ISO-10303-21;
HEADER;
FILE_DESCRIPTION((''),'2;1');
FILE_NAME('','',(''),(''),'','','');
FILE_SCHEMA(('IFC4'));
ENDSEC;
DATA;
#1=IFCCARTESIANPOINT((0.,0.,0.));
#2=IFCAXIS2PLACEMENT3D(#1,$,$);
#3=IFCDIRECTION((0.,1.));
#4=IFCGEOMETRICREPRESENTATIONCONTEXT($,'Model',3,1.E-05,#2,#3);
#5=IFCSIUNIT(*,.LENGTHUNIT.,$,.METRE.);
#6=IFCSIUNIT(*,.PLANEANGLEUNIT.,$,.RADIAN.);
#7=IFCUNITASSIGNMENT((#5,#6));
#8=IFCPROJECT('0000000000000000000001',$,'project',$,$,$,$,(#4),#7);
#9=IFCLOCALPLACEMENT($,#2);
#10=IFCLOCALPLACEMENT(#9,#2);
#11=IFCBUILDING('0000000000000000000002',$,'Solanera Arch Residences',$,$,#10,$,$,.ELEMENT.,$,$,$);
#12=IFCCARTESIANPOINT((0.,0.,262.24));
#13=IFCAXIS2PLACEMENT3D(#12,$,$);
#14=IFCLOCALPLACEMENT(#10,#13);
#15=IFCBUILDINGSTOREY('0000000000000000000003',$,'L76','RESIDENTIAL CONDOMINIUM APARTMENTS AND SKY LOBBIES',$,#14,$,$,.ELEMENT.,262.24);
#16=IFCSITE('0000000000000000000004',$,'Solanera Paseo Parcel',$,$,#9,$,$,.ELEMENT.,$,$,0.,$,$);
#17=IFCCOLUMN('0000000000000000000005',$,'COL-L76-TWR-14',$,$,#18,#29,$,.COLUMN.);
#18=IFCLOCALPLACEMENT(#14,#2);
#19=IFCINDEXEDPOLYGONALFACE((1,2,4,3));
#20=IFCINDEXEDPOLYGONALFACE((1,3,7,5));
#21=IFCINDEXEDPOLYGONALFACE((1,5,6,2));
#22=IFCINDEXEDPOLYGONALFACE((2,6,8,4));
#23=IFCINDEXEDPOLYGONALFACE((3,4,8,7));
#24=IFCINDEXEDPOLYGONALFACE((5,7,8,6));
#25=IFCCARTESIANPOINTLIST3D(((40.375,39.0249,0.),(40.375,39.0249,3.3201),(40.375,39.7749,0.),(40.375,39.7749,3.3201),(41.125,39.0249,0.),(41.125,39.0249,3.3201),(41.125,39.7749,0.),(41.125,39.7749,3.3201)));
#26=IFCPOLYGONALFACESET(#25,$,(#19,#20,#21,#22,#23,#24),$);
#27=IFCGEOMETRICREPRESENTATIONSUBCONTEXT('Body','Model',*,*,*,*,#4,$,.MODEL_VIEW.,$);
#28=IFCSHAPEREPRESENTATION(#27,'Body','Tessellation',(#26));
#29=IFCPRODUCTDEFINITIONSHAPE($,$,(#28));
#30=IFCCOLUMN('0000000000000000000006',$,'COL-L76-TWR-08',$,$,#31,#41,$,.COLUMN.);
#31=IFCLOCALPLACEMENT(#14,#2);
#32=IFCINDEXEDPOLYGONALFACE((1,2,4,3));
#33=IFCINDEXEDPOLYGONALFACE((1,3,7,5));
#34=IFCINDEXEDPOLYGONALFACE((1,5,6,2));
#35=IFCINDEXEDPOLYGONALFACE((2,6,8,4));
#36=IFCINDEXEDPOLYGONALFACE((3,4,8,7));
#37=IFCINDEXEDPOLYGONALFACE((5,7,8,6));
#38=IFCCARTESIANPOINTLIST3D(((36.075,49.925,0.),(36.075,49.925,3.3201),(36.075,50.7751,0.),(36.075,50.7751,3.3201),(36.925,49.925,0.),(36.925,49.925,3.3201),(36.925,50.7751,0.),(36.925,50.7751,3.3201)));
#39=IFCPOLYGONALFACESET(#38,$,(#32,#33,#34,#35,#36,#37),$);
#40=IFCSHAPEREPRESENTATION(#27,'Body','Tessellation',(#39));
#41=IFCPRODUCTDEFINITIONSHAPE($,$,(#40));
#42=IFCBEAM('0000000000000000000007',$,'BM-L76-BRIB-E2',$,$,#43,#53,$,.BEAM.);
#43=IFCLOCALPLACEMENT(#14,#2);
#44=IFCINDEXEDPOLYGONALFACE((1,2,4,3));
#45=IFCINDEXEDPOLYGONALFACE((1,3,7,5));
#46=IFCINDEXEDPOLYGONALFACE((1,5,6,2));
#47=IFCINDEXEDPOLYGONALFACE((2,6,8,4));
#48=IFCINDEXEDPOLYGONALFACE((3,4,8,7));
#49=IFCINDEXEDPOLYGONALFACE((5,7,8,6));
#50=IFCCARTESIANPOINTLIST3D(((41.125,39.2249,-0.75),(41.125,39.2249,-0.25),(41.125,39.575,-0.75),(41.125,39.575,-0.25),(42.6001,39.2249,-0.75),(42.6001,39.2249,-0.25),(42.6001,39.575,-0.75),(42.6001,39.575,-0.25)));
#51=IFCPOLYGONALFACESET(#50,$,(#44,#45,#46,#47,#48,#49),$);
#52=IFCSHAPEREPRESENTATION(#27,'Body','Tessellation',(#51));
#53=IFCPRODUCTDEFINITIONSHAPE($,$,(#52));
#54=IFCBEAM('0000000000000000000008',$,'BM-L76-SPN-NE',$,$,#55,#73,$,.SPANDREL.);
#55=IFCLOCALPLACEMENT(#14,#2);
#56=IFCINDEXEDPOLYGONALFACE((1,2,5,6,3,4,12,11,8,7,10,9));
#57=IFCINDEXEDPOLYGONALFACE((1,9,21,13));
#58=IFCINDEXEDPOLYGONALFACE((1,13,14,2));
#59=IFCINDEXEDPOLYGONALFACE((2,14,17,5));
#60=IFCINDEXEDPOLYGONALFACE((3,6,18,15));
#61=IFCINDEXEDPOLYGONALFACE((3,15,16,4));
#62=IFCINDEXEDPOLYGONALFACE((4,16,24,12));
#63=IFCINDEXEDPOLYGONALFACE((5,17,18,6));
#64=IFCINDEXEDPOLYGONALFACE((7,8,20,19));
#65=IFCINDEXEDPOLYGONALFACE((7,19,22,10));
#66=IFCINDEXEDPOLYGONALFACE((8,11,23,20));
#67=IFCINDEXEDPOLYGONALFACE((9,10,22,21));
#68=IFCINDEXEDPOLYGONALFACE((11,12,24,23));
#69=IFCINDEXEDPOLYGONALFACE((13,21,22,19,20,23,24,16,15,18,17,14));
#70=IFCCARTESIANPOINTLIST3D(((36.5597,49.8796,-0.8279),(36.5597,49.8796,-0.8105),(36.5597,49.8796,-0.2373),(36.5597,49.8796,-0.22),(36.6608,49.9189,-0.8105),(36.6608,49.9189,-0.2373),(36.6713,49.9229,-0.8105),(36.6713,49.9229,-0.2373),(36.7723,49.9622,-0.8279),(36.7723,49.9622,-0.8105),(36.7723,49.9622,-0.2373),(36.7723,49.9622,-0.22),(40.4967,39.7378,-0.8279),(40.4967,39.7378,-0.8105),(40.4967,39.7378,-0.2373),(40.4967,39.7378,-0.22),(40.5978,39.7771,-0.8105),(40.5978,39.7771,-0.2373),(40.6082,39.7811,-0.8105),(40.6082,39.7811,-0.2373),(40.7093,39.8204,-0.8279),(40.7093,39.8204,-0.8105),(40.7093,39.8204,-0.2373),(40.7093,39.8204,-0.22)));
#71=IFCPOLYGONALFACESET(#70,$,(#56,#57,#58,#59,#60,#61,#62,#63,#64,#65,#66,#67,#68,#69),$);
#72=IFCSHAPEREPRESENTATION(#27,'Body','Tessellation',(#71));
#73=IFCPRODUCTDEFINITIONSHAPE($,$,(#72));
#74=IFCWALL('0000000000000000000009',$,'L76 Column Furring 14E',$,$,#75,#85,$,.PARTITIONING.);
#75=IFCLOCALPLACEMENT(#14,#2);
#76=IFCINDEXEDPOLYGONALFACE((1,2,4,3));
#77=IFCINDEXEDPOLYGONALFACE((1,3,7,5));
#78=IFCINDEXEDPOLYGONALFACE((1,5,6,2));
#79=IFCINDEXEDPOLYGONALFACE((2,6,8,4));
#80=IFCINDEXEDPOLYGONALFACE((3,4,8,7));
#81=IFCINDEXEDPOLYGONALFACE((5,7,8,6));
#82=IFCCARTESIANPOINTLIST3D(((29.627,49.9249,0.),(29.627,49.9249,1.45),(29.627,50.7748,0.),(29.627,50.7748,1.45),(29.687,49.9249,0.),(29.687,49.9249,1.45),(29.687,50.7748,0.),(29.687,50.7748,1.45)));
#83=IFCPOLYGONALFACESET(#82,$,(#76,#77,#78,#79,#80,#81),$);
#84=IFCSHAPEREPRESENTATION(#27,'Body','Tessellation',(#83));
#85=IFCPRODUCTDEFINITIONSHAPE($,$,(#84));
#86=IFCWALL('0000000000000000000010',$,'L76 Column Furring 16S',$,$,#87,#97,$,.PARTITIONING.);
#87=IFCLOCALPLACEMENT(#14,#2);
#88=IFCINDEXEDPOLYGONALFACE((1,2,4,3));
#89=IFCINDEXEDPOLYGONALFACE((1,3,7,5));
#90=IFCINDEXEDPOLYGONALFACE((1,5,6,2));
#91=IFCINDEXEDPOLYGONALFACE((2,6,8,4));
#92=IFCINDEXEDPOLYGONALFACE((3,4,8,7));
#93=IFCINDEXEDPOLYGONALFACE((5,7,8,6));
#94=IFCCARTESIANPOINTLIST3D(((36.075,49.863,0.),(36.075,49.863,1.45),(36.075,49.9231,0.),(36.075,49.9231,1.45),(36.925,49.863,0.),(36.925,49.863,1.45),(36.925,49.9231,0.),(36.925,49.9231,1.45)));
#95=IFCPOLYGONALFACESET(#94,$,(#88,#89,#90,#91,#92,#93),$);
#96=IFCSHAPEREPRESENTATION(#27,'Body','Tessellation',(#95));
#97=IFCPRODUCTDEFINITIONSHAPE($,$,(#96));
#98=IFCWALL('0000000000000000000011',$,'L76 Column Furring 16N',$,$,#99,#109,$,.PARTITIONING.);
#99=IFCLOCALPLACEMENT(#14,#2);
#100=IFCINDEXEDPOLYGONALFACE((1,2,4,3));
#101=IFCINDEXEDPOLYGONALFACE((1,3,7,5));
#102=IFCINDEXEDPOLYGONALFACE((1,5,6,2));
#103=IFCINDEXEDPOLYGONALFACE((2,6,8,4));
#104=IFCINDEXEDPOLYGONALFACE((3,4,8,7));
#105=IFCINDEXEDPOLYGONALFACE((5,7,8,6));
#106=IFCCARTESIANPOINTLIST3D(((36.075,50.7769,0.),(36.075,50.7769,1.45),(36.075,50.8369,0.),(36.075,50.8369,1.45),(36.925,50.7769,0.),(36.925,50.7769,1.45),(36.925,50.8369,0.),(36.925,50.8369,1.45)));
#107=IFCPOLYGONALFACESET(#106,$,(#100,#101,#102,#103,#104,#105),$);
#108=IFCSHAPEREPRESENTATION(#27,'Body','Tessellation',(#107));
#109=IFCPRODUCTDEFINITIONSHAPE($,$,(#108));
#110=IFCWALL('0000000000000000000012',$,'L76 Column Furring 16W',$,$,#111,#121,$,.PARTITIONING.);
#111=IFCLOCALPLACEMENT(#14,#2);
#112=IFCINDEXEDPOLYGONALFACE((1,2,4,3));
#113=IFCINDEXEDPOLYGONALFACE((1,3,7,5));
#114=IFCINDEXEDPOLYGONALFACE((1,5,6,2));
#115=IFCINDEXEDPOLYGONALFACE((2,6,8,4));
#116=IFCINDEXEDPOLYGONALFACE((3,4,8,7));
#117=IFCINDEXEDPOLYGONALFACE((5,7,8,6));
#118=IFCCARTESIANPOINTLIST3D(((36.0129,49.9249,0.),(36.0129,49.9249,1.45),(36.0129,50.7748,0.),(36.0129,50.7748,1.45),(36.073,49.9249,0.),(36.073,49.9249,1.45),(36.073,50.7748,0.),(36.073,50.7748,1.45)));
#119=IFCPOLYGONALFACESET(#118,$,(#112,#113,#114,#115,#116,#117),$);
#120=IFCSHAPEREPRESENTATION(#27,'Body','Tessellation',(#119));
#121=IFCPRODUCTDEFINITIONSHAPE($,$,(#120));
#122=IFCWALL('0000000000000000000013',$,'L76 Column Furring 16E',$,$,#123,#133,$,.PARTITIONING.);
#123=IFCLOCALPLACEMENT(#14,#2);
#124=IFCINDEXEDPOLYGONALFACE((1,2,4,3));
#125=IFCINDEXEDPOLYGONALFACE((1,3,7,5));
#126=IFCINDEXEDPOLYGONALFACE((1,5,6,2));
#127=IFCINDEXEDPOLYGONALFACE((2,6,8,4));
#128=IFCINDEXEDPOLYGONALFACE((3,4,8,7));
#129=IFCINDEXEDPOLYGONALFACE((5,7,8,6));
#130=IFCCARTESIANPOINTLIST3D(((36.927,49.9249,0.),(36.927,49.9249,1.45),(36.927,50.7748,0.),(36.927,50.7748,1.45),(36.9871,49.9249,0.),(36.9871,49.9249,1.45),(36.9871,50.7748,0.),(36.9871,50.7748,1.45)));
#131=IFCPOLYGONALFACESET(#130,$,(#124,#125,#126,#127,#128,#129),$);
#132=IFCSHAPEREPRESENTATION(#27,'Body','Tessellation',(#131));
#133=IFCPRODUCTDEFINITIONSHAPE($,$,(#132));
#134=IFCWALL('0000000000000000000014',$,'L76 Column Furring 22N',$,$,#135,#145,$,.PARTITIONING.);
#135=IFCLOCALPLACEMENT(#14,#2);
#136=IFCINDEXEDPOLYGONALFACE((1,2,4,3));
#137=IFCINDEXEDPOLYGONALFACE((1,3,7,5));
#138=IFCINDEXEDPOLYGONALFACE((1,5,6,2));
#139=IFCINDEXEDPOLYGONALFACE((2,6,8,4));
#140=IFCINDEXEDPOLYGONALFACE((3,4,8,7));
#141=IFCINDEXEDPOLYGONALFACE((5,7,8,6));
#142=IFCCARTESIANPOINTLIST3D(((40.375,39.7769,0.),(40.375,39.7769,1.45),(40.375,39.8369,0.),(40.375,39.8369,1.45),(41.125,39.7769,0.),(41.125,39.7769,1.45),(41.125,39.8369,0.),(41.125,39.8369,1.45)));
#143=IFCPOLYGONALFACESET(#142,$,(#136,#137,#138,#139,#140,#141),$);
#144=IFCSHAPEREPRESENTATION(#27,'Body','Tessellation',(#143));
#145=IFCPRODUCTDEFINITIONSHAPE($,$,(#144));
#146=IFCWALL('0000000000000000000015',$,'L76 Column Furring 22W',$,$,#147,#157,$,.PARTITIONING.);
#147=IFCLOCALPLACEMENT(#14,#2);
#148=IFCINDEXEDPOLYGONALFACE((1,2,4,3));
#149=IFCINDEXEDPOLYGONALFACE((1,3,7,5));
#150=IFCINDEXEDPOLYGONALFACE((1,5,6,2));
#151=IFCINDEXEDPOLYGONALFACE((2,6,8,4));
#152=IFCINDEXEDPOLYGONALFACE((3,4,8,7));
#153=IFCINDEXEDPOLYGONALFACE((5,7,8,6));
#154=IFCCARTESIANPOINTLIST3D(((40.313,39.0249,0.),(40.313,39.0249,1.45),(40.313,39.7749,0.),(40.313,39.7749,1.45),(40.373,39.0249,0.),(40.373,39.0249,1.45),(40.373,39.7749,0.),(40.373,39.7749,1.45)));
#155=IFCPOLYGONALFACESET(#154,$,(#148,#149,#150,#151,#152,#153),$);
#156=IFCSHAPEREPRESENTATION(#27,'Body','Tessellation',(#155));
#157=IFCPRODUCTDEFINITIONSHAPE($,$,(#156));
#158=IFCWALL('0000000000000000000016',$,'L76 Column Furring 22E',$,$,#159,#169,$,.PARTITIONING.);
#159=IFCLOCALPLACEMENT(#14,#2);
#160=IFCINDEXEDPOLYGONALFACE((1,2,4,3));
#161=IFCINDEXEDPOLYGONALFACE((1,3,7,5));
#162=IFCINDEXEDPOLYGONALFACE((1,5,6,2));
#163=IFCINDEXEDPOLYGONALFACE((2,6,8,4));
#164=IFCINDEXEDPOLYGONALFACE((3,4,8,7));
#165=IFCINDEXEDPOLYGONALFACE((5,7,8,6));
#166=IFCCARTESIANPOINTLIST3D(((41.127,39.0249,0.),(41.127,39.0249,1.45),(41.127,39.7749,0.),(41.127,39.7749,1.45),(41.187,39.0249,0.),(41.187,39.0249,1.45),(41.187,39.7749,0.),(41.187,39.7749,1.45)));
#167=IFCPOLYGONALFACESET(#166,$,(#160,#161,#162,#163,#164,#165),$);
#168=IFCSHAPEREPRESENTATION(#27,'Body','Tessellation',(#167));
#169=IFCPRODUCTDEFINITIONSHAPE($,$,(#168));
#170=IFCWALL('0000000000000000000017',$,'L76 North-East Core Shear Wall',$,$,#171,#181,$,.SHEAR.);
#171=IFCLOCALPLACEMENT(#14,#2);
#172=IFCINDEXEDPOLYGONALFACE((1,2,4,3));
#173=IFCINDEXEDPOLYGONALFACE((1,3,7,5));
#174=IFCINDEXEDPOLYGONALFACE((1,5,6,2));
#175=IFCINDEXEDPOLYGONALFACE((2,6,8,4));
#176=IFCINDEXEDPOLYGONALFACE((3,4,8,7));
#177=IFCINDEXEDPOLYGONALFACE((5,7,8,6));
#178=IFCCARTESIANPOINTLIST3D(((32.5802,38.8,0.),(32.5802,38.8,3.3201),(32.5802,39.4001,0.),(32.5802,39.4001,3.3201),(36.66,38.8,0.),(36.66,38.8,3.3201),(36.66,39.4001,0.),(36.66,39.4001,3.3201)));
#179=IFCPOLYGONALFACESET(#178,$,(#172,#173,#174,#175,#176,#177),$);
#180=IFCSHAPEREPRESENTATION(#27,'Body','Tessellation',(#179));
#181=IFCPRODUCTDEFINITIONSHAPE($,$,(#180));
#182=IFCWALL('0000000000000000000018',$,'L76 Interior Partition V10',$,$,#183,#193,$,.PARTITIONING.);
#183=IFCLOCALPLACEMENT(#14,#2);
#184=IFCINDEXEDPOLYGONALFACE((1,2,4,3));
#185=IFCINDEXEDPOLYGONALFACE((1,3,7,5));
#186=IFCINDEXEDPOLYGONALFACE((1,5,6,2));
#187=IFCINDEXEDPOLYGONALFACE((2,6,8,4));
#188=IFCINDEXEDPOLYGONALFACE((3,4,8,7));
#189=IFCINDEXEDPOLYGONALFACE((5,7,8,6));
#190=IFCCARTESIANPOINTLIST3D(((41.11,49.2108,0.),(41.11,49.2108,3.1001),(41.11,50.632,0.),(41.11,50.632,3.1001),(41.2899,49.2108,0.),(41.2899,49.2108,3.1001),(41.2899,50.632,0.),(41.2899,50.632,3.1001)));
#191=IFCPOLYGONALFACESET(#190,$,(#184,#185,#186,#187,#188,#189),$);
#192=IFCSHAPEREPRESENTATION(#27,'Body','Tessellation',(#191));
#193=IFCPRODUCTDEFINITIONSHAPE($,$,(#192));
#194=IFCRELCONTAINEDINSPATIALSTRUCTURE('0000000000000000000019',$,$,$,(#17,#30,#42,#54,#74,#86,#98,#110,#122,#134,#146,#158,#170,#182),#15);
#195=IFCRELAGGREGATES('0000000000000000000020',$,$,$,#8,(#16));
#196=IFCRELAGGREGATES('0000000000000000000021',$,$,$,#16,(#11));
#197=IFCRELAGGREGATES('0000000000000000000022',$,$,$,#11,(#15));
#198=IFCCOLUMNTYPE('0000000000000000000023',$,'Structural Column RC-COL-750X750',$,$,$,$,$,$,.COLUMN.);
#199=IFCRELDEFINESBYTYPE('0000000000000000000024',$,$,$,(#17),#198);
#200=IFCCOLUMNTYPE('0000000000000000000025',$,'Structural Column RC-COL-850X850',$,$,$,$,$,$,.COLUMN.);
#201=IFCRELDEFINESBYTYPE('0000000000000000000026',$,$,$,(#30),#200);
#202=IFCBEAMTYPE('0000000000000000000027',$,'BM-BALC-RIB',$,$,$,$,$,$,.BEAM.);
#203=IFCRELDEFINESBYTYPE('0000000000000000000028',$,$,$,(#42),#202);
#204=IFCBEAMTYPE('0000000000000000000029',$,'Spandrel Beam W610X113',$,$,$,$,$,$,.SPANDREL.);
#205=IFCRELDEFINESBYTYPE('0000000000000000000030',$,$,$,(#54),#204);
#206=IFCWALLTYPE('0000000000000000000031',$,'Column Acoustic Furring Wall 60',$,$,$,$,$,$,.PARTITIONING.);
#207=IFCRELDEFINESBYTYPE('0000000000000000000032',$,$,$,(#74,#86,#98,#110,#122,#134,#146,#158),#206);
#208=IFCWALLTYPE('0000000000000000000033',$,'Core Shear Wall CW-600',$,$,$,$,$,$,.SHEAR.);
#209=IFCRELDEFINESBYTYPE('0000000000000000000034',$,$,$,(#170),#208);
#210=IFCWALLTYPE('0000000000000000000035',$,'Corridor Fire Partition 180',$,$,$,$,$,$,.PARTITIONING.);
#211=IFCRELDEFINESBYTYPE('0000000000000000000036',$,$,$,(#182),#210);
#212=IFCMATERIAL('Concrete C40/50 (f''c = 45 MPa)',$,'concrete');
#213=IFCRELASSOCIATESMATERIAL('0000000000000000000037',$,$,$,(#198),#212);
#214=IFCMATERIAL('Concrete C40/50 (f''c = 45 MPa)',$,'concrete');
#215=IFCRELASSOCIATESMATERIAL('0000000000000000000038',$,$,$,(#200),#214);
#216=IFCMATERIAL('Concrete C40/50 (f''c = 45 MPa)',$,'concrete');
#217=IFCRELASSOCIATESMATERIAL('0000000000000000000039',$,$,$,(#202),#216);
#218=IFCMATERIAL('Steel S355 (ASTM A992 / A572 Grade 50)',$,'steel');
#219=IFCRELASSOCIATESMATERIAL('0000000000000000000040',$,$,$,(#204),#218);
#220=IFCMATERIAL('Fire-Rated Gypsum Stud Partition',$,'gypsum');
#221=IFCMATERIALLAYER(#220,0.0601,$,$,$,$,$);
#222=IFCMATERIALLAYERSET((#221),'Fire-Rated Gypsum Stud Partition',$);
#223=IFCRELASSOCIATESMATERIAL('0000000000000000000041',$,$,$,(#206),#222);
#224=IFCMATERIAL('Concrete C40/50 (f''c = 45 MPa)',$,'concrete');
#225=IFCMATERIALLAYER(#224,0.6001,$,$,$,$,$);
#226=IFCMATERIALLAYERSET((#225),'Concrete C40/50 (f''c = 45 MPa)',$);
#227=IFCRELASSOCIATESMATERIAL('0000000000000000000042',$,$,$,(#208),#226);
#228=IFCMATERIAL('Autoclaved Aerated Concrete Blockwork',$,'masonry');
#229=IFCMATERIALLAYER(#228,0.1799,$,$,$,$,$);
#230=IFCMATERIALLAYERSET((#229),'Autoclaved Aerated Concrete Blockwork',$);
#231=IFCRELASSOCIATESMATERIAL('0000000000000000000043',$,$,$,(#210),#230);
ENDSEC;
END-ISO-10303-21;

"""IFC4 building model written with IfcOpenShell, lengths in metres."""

from ifc_helpers import new_model, si_unit, direction, frame, frame_2d, origin, origin_2d, place, context, subcontext, project, spatial, rectangle, i_section, extrude, material, layer, layer_set, material_profile, profile_set, type_object, element, save


model = new_model("IFC4")

# Units and contexts
model_context = context("Model", 3, precision=1e-05, world=origin(), true_north=direction((0.0, 1.0)))
body_context = subcontext(model_context, "Body", "Model", "MODEL_VIEW")
ifc_project = project(units=[si_unit("LENGTHUNIT", "METRE"), si_unit("PLANEANGLEUNIT", "RADIAN")], contexts=[model_context])

# Site, building, storey
site_placement = place(None, origin())
site = spatial("IfcSite", under=ifc_project, at=site_placement, Name="Solanera Paseo Parcel", CompositionType="ELEMENT", RefElevation=0.0)
building_placement = place(site_placement, origin())
building = spatial("IfcBuilding", under=site, at=building_placement, Name="Solanera Arch Residences", CompositionType="ELEMENT")
storey_placement = place(building_placement, frame((0.0, 0.0, 262.24)))
storey = spatial("IfcBuildingStorey", under=building, at=storey_placement, Name="L76", Description="RESIDENTIAL CONDOMINIUM APARTMENTS AND SKY LOBBIES", CompositionType="ELEMENT", Elevation=262.24)

# Columns
ifc_material_1 = material(Name="Concrete C40/50 (f'c = 45 MPa)", Category="concrete")
ifc_material_profile_1 = material_profile(ifc_material_1, rectangle(XDim=0.75, YDim=0.75, at=origin_2d()))
ifc_profile_set_1 = profile_set([ifc_material_profile_1], Name="Concrete C40/50 (f'c = 45 MPa)")
column_type_1 = type_object("IfcColumnType", Name="Structural Column RC-COL-750X750", PredefinedType="COLUMN", material=ifc_profile_set_1)
column_1_placement = place(storey_placement, frame((40.75, 39.3999, 0.0), z_axis=(0.0, 0.0, 1.0), x_axis=(1.0, 0.0, 0.0)))
element("IfcColumn", 1, at=column_1_placement, inside=storey, type_object=column_type_1, Name="COL-L76-TWR-14", PredefinedType="COLUMN", context=body_context, shape_type="SweptSolid", body=[
    extrude(rectangle(XDim=0.75, YDim=0.75, at=origin_2d()), origin(), (0.0, 0.0, 1.0), 3.3201),
])
ifc_material_2 = material(Name="Concrete C40/50 (f'c = 45 MPa)", Category="concrete")
ifc_material_profile_2 = material_profile(ifc_material_2, rectangle(XDim=0.8501, YDim=0.8501, at=origin_2d()))
ifc_profile_set_2 = profile_set([ifc_material_profile_2], Name="Concrete C40/50 (f'c = 45 MPa)")
column_type_2 = type_object("IfcColumnType", Name="Structural Column RC-COL-850X850", PredefinedType="COLUMN", material=ifc_profile_set_2)
column_2_placement = place(storey_placement, frame((36.5, 50.3501, 0.0), z_axis=(0.0, 0.0, 1.0), x_axis=(1.0, 0.0, 0.0)))
element("IfcColumn", 2, at=column_2_placement, inside=storey, type_object=column_type_2, Name="COL-L76-TWR-08", PredefinedType="COLUMN", context=body_context, shape_type="SweptSolid", body=[
    extrude(rectangle(XDim=0.8501, YDim=0.8501, at=origin_2d()), origin(), (0.0, 0.0, 1.0), 3.3201),
])

# Beams
ifc_material_3 = material(Name="Concrete C40/50 (f'c = 45 MPa)", Category="concrete")
ifc_material_profile_3 = material_profile(ifc_material_3, rectangle(XDim=0.3501, YDim=0.5, at=origin_2d()))
ifc_profile_set_3 = profile_set([ifc_material_profile_3], Name="Concrete C40/50 (f'c = 45 MPa)")
beam_type_1 = type_object("IfcBeamType", Name="BM-BALC-RIB", PredefinedType="BEAM", material=ifc_profile_set_3)
beam_1_placement = place(storey_placement, frame((41.125, 39.3999, -0.5), z_axis=(1.0, 0.0, 0.0), x_axis=(0.0, 1.0, 0.0)))
element("IfcBeam", 3, at=beam_1_placement, inside=storey, type_object=beam_type_1, Name="BM-L76-BRIB-E2", PredefinedType="BEAM", context=body_context, shape_type="SweptSolid", body=[
    extrude(rectangle(XDim=0.3501, YDim=0.5, at=origin_2d()), origin(), (0.0, 0.0, 1.0), 1.4751),
])
ifc_material_4 = material(Name="Steel S355 (ASTM A992 / A572 Grade 50)", Category="steel")
ifc_material_profile_4 = material_profile(ifc_material_4, i_section(OverallWidth=0.228, OverallDepth=0.6079, WebThickness=0.0112, FlangeThickness=0.0173, at=origin_2d()))
ifc_profile_set_4 = profile_set([ifc_material_profile_4], Name="Steel S355 (ASTM A992 / A572 Grade 50)")
beam_type_2 = type_object("IfcBeamType", Name="Spandrel Beam W610X113", PredefinedType="SPANDREL", material=ifc_profile_set_4)
beam_2_placement = place(storey_placement, frame((36.666, 49.9209, -0.5239), z_axis=(0.361884, -0.932223, 0.0), x_axis=(0.932223, 0.361884, 0.0)))
element("IfcBeam", 4, at=beam_2_placement, inside=storey, type_object=beam_type_2, Name="BM-L76-SPN-NE", PredefinedType="SPANDREL", context=body_context, shape_type="SweptSolid", body=[
    extrude(i_section(OverallWidth=0.228, OverallDepth=0.6079, WebThickness=0.0112, FlangeThickness=0.0173, at=origin_2d()), origin(), (0.0, 0.0, 1.0), 10.8792),
])

# Walls
ifc_material_5 = material(Name="Fire-Rated Gypsum Stud Partition", Category="gypsum")
ifc_layer_1 = layer(ifc_material_5, 0.0601)
ifc_layer_set_1 = layer_set([ifc_layer_1], Name="Fire-Rated Gypsum Stud Partition")
wall_type_1 = type_object("IfcWallType", Name="Column Acoustic Furring Wall 60", PredefinedType="PARTITIONING", material=ifc_layer_set_1)
wall_1_placement = place(storey_placement, frame((29.657, 49.925, 0.0), z_axis=(0.0, 0.0, 1.0), x_axis=(0.0, 1.0, 0.0)))
element("IfcWall", 5, at=wall_1_placement, inside=storey, type_object=wall_type_1, Name="L76 Column Furring 14E", PredefinedType="PARTITIONING", context=body_context, shape_type="SweptSolid", body=[
    extrude(rectangle(XDim=0.8499, YDim=0.0601, at=frame_2d((0.4248, 0.0))), origin(), (0.0, 0.0, 1.0), 1.45),
])
for number, where, z_axis, x_axis, name in (
    (6, (36.075, 49.8931, 0.0), (0.0, 0.0, 1.0), (1.0, 0.0, 0.0), "L76 Column Furring 16S"),
    (7, (36.075, 50.8069, 0.0), (0.0, 0.0, 1.0), (1.0, 0.0, 0.0), "L76 Column Furring 16N"),
):
    element("IfcWall", number, at=place(storey_placement, frame(where, z_axis=z_axis, x_axis=x_axis)), inside=storey, type_object=wall_type_1, Name=name, PredefinedType="PARTITIONING", context=body_context, shape_type="SweptSolid", body=[
        extrude(rectangle(XDim=0.8501, YDim=0.0601, at=frame_2d((0.425, 0.0))), origin(), (0.0, 0.0, 1.0), 1.45),
    ])
for number, where, z_axis, x_axis, name in (
    (8, (36.043, 49.925, 0.0), (0.0, 0.0, 1.0), (0.0, 1.0, 0.0), "L76 Column Furring 16W"),
    (9, (36.957, 49.925, 0.0), (0.0, 0.0, 1.0), (0.0, 1.0, 0.0), "L76 Column Furring 16E"),
):
    element("IfcWall", number, at=place(storey_placement, frame(where, z_axis=z_axis, x_axis=x_axis)), inside=storey, type_object=wall_type_1, Name=name, PredefinedType="PARTITIONING", context=body_context, shape_type="SweptSolid", body=[
        extrude(rectangle(XDim=0.8499, YDim=0.0601, at=frame_2d((0.4248, 0.0))), origin(), (0.0, 0.0, 1.0), 1.45),
    ])
for number, where, z_axis, x_axis, name in (
    (10, (40.375, 39.8069, 0.0), (0.0, 0.0, 1.0), (1.0, 0.0, 0.0), "L76 Column Furring 22N"),
    (11, (40.343, 39.0249, 0.0), (0.0, 0.0, 1.0), (0.0, 1.0, 0.0), "L76 Column Furring 22W"),
    (12, (41.157, 39.0249, 0.0), (0.0, 0.0, 1.0), (0.0, 1.0, 0.0), "L76 Column Furring 22E"),
):
    element("IfcWall", number, at=place(storey_placement, frame(where, z_axis=z_axis, x_axis=x_axis)), inside=storey, type_object=wall_type_1, Name=name, PredefinedType="PARTITIONING", context=body_context, shape_type="SweptSolid", body=[
        extrude(rectangle(XDim=0.75, YDim=0.0601, at=frame_2d((0.375, 0.0))), origin(), (0.0, 0.0, 1.0), 1.45),
    ])
ifc_material_6 = material(Name="Concrete C40/50 (f'c = 45 MPa)", Category="concrete")
ifc_layer_2 = layer(ifc_material_6, 0.6001)
ifc_layer_set_2 = layer_set([ifc_layer_2], Name="Concrete C40/50 (f'c = 45 MPa)")
wall_type_2 = type_object("IfcWallType", Name="Core Shear Wall CW-600", PredefinedType="SHEAR", material=ifc_layer_set_2)
wall_2_placement = place(storey_placement, frame((32.5801, 39.1001, 0.0), z_axis=(0.0, 0.0, 1.0), x_axis=(1.0, 0.0, 0.0)))
element("IfcWall", 13, at=wall_2_placement, inside=storey, type_object=wall_type_2, Name="L76 North-East Core Shear Wall", PredefinedType="SHEAR", context=body_context, shape_type="SweptSolid", body=[
    extrude(rectangle(XDim=4.0798, YDim=0.6001, at=frame_2d((2.04, 0.0))), origin(), (0.0, 0.0, 1.0), 3.3201),
])
ifc_material_7 = material(Name="Autoclaved Aerated Concrete Blockwork", Category="masonry")
ifc_layer_3 = layer(ifc_material_7, 0.1799)
ifc_layer_set_3 = layer_set([ifc_layer_3], Name="Autoclaved Aerated Concrete Blockwork")
wall_type_3 = type_object("IfcWallType", Name="Corridor Fire Partition 180", PredefinedType="PARTITIONING", material=ifc_layer_set_3)
wall_3_placement = place(storey_placement, frame((41.2, 49.2109, 0.0), z_axis=(0.0, 0.0, 1.0), x_axis=(0.0, 1.0, 0.0)))
element("IfcWall", 14, at=wall_3_placement, inside=storey, type_object=wall_type_3, Name="L76 Interior Partition V10", PredefinedType="PARTITIONING", context=body_context, shape_type="SweptSolid", body=[
    extrude(rectangle(XDim=1.4211, YDim=0.1799, at=frame_2d((0.7104, 0.0))), origin(), (0.0, 0.0, 1.0), 3.1001),
])

save(model, "model.ifc")
